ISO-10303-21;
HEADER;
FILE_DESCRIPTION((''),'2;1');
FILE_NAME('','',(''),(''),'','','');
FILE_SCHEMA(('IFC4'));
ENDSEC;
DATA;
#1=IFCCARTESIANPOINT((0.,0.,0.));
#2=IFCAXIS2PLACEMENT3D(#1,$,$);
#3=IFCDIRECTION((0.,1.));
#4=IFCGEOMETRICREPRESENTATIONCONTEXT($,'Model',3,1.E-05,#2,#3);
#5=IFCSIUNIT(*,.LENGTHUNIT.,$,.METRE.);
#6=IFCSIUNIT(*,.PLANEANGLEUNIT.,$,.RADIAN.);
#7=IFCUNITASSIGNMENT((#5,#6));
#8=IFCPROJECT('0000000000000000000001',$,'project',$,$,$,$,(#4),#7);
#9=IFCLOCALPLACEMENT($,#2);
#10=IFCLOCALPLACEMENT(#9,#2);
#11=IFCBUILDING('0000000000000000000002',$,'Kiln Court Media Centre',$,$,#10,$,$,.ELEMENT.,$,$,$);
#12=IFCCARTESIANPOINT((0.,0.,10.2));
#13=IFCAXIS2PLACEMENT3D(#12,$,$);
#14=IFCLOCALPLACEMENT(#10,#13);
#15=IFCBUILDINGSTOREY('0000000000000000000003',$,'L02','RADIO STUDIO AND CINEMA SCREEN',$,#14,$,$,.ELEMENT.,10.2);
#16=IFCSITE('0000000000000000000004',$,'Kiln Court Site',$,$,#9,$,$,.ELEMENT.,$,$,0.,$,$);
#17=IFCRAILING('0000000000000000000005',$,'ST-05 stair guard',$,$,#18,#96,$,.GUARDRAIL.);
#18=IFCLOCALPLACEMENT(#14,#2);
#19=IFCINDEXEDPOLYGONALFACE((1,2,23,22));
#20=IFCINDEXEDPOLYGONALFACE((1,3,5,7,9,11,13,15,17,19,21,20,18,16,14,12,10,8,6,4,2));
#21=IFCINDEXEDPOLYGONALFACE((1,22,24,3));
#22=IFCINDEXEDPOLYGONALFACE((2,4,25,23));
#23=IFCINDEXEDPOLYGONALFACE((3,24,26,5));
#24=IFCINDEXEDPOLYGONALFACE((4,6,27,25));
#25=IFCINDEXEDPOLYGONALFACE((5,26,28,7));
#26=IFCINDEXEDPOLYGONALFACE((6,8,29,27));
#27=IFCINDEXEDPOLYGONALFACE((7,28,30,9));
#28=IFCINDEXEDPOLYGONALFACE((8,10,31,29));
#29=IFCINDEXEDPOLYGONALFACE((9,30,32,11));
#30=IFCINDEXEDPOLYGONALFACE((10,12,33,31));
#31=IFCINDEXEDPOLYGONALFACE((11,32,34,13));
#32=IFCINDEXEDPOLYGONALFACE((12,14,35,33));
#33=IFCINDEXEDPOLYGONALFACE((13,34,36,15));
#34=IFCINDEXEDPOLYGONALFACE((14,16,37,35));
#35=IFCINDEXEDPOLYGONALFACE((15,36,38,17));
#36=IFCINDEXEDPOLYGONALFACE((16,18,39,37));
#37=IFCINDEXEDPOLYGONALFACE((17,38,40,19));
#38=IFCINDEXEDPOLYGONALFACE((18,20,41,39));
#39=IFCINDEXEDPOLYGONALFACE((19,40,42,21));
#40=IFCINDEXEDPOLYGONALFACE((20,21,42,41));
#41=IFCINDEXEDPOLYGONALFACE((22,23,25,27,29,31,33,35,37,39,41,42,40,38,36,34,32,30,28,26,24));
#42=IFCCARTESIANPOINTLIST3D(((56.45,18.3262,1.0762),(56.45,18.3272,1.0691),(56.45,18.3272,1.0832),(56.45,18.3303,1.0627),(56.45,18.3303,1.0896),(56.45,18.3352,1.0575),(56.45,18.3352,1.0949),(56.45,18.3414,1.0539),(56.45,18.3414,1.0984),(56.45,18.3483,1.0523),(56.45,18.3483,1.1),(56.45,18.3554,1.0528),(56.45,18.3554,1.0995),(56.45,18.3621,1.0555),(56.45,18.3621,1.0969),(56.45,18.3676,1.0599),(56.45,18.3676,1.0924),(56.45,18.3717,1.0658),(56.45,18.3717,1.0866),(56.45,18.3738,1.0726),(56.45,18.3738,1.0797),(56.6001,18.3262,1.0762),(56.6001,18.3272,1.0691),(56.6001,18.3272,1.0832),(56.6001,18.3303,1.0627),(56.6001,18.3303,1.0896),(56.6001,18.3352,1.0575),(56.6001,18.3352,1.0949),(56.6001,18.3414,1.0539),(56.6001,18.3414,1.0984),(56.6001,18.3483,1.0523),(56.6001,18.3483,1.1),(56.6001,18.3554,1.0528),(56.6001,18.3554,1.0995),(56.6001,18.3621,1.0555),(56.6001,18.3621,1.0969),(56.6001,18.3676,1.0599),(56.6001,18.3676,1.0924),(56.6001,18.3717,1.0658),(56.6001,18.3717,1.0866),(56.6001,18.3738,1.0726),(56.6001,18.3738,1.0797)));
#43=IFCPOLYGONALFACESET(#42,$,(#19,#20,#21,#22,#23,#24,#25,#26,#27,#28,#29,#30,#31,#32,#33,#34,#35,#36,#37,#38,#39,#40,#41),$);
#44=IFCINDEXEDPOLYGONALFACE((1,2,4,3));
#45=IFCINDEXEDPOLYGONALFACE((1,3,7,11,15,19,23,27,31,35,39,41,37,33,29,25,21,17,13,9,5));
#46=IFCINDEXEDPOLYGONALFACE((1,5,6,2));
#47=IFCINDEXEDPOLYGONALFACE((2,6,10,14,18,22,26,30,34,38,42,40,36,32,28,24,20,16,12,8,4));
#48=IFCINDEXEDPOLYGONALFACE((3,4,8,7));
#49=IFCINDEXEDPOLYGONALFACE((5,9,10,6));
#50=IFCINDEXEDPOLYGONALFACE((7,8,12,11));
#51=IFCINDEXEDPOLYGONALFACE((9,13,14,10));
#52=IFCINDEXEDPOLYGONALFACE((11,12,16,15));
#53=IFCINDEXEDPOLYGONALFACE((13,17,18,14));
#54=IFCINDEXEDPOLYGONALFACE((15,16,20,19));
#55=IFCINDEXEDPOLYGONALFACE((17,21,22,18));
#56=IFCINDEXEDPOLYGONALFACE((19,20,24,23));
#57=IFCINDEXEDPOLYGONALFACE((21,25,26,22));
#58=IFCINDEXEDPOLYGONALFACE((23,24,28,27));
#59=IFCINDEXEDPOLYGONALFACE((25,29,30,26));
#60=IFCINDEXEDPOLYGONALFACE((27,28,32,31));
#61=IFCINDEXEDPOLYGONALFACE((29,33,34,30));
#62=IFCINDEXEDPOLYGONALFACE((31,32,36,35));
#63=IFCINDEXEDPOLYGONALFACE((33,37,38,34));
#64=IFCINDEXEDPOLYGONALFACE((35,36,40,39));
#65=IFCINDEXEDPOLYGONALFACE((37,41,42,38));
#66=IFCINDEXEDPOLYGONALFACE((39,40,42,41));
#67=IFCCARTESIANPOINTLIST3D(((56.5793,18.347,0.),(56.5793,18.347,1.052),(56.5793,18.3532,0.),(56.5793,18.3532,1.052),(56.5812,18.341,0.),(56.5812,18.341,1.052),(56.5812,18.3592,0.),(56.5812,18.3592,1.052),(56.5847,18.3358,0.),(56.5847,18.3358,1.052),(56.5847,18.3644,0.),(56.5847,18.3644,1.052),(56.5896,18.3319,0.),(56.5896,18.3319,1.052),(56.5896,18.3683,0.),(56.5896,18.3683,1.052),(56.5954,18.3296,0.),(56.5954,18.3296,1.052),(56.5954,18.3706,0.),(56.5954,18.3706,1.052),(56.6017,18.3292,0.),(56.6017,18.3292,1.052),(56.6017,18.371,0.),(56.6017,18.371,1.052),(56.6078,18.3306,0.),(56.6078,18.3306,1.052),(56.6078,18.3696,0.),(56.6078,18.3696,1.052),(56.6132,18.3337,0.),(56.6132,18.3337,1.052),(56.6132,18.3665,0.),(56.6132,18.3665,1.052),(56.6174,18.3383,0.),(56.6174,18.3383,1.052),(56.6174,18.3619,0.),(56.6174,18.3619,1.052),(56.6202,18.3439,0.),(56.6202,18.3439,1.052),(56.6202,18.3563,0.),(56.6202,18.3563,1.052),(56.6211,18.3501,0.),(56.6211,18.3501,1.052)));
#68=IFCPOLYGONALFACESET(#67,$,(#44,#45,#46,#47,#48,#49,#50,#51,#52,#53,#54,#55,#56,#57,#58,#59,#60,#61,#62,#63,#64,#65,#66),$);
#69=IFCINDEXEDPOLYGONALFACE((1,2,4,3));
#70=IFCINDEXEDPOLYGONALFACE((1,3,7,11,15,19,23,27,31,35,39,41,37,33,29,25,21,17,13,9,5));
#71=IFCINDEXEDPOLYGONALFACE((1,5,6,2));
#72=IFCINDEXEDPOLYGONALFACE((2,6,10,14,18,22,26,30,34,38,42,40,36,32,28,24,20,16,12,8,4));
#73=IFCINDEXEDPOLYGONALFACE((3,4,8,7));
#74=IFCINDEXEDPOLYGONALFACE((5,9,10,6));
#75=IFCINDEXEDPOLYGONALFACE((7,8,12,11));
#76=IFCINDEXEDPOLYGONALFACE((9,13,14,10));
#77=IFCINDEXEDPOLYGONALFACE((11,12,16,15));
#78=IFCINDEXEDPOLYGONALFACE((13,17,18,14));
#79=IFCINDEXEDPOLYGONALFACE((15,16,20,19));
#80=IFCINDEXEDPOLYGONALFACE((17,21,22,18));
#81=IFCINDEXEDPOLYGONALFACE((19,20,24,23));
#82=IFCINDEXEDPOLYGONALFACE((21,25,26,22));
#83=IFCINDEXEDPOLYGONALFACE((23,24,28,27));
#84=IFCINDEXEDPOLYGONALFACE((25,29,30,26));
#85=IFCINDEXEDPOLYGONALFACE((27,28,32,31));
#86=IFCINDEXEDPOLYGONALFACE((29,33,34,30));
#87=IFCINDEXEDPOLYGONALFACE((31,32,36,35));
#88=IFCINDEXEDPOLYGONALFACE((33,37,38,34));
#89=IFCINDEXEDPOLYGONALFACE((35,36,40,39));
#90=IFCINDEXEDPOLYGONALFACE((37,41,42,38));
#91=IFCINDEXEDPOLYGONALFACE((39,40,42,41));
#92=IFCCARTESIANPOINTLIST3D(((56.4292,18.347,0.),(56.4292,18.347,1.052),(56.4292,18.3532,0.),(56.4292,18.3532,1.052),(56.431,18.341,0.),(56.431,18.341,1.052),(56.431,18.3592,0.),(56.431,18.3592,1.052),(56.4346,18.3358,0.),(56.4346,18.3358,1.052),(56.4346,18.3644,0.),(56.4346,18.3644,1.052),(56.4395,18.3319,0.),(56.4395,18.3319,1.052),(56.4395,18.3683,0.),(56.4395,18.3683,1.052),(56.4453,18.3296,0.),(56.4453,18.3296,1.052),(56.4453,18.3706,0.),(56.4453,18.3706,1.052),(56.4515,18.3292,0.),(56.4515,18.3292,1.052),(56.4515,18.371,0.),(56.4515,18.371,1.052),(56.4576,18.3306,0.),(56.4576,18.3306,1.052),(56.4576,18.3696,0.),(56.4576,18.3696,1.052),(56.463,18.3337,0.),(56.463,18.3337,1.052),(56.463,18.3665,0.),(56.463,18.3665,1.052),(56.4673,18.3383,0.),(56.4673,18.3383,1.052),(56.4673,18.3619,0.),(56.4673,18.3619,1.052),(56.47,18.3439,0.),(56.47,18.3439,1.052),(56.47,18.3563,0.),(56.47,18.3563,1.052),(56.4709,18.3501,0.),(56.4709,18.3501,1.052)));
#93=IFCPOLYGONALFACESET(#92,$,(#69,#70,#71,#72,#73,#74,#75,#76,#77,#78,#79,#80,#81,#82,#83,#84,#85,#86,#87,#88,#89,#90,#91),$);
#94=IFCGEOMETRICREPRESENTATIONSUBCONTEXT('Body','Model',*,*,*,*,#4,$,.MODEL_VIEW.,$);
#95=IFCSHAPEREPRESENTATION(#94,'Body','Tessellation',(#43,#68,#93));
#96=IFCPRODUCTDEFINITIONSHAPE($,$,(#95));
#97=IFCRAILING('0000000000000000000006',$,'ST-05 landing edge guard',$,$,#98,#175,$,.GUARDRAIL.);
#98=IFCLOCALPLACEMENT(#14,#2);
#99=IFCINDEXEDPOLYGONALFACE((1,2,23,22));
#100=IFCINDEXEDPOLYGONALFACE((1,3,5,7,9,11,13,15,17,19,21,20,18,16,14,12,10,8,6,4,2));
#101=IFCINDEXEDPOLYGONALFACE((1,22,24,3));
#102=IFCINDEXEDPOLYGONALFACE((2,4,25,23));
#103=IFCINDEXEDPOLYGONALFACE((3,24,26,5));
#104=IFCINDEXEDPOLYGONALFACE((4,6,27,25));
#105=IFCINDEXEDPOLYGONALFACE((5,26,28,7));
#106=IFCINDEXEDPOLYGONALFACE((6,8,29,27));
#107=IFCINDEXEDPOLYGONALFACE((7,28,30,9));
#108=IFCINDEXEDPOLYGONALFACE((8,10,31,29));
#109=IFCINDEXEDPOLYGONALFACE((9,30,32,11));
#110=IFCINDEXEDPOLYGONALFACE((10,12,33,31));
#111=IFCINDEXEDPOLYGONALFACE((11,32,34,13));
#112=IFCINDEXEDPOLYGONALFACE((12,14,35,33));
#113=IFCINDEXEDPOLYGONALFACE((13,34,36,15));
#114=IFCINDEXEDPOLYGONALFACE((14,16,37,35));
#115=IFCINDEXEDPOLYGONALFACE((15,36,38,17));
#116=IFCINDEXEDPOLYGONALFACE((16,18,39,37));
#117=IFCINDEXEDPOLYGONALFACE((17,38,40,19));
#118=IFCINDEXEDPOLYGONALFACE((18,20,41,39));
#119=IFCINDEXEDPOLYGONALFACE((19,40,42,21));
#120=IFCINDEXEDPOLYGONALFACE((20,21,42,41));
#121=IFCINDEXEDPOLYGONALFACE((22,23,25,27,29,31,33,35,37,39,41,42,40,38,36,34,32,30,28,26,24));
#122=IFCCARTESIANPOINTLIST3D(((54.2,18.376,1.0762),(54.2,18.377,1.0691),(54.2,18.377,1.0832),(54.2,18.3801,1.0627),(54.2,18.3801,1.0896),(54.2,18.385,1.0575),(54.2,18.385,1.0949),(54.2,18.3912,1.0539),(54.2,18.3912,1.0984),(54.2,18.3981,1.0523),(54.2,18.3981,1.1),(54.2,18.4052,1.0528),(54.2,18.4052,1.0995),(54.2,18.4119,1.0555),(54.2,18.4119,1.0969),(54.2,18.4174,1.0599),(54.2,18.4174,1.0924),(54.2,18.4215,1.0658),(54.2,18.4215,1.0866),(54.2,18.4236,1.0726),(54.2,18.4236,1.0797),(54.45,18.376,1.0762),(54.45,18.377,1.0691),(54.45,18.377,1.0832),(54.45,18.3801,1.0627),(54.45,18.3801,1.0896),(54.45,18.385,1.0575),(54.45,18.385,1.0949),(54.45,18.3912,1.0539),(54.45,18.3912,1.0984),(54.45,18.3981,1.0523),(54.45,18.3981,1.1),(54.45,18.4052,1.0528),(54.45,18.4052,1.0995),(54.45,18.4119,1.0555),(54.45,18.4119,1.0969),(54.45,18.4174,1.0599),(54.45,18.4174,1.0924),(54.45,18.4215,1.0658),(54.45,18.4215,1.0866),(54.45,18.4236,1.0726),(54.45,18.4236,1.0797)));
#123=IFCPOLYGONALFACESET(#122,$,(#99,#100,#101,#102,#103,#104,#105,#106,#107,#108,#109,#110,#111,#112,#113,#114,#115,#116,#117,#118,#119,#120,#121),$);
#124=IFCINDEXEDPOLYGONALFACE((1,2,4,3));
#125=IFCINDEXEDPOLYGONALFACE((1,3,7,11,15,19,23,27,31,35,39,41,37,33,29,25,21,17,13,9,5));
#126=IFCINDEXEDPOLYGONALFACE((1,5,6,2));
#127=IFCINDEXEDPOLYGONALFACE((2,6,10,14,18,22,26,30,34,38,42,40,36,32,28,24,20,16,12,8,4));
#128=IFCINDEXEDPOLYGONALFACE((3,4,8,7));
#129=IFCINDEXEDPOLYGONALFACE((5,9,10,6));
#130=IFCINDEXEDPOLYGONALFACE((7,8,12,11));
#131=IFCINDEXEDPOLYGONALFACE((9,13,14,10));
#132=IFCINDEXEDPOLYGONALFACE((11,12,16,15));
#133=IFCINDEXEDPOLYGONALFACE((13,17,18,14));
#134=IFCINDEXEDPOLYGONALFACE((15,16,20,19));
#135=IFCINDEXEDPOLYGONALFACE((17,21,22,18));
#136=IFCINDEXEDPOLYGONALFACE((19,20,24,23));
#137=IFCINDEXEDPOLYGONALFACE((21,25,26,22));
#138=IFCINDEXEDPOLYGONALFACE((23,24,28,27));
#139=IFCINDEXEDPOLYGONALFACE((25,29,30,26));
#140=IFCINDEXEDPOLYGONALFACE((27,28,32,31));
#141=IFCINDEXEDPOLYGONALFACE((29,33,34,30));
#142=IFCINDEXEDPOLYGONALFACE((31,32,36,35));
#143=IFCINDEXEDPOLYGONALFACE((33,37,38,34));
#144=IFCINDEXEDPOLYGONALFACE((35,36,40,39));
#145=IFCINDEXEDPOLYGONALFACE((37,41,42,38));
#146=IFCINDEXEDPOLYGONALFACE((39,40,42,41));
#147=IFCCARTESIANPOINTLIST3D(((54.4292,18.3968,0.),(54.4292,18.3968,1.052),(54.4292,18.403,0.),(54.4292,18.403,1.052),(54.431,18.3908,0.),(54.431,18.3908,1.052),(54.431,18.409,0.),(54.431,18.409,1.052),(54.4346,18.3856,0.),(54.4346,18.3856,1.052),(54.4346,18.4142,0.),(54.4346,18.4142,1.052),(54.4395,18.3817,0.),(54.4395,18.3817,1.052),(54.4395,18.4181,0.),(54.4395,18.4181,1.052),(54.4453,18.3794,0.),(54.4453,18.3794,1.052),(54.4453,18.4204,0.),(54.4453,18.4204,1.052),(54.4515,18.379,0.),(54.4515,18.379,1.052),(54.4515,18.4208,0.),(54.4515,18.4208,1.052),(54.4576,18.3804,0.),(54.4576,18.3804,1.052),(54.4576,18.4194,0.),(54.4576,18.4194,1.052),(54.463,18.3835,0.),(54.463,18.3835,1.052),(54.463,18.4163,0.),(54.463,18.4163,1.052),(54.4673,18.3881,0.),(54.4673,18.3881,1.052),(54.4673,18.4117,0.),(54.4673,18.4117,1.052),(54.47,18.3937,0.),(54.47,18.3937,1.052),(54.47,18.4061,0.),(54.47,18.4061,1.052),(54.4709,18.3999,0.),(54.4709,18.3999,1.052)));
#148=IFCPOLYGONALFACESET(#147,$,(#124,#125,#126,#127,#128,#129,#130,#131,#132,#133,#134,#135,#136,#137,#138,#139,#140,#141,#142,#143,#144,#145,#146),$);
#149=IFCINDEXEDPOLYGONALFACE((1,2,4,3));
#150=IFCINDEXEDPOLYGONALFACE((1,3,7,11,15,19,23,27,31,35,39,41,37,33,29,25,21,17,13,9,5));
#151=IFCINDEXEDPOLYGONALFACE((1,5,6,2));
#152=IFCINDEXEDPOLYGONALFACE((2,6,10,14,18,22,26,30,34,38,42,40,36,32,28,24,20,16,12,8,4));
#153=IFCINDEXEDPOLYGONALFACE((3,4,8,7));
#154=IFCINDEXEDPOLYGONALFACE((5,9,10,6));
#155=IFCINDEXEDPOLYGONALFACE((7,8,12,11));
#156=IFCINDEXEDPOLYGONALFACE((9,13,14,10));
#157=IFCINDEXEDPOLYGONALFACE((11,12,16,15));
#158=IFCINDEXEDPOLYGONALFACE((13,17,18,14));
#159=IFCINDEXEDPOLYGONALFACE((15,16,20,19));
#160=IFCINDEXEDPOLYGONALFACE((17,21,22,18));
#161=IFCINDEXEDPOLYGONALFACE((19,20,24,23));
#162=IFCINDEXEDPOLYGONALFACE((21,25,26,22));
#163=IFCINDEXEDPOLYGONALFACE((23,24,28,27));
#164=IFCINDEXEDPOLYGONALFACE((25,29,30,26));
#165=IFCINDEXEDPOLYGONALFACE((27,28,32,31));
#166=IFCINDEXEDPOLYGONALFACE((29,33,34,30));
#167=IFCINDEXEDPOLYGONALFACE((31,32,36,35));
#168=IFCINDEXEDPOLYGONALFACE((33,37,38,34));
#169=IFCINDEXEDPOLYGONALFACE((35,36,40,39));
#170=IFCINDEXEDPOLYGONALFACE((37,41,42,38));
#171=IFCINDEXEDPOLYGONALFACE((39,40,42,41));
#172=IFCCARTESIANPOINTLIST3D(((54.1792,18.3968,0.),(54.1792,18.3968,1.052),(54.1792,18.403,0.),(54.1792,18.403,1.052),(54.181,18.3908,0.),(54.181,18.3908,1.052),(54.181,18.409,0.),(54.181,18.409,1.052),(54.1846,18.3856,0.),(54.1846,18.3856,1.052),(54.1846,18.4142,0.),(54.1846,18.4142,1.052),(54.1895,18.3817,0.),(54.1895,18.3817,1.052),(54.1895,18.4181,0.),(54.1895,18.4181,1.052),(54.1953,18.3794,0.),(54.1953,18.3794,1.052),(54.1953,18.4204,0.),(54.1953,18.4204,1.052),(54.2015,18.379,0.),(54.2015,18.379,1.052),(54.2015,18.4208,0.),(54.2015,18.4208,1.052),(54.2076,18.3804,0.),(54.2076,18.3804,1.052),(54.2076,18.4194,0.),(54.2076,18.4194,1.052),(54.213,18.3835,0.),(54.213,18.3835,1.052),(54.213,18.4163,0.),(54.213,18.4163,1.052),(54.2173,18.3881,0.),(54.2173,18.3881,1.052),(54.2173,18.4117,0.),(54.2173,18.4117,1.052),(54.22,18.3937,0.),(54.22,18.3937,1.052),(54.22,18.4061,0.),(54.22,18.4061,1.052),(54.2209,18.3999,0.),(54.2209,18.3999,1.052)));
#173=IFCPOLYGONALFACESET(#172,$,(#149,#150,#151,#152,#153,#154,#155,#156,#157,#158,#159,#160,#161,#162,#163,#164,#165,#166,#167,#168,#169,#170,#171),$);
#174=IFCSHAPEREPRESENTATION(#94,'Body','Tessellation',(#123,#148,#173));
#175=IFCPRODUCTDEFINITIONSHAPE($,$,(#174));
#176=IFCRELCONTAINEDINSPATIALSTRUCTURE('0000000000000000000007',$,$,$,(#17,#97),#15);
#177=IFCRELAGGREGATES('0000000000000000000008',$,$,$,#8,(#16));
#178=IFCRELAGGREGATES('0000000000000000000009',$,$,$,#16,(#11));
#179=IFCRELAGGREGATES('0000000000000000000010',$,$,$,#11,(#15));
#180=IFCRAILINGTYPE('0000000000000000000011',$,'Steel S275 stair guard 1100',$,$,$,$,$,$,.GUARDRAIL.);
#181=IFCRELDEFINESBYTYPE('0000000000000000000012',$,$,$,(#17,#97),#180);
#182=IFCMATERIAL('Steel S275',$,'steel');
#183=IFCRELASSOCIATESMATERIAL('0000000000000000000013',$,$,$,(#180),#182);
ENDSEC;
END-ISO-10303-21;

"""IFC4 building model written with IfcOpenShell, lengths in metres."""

from ifc_helpers import new_model, si_unit, direction, frame, origin, origin_2d, place, context, subcontext, project, spatial, circle, extrude, material, type_object, element, save


model = new_model("IFC4")

# Units and contexts
model_context = context("Model", 3, precision=1e-05, world=origin(), true_north=direction((0.0, 1.0)))
body_context = subcontext(model_context, "Body", "Model", "MODEL_VIEW")
ifc_project = project(units=[si_unit("LENGTHUNIT", "METRE"), si_unit("PLANEANGLEUNIT", "RADIAN")], contexts=[model_context])

# Site, building, storey
site_placement = place(None, origin())
site = spatial("IfcSite", under=ifc_project, at=site_placement, Name="Kiln Court Site", CompositionType="ELEMENT", RefElevation=0.0)
building_placement = place(site_placement, origin())
building = spatial("IfcBuilding", under=site, at=building_placement, Name="Kiln Court Media Centre", CompositionType="ELEMENT")
storey_placement = place(building_placement, frame((0.0, 0.0, 10.2)))
storey = spatial("IfcBuildingStorey", under=building, at=storey_placement, Name="L02", Description="RADIO STUDIO AND CINEMA SCREEN", CompositionType="ELEMENT", Elevation=10.2)

# Railings
ifc_material_1 = material(Name="Steel S275", Category="steel")
railing_type = type_object("IfcRailingType", Name="Steel S275 stair guard 1100", PredefinedType="GUARDRAIL", material=ifc_material_1)
railing_1_placement = place(storey_placement, frame((56.6001, 18.3501, 0.0)))
element("IfcRailing", 1, at=railing_1_placement, inside=storey, type_object=railing_type, Name="ST-05 stair guard", PredefinedType="GUARDRAIL", context=body_context, shape_type="SweptSolid", body=[
    extrude(circle(Radius=0.0239, at=origin_2d()), frame((0.0, 0.0, 1.0762), z_axis=(-1.0, 0.0, 0.0), x_axis=(0.0, -1.0, 0.0)), (0.0, 0.0, 1.0), 0.1501),
    extrude(circle(Radius=0.021, at=origin_2d()), origin(), (0.0, 0.0, 1.0), 1.052),
    extrude(circle(Radius=0.021, at=origin_2d()), frame((-0.1501, 0.0, 0.0)), (0.0, 0.0, 1.0), 1.052),
])
railing_2_placement = place(storey_placement, frame((54.45, 18.3999, 0.0)))
element("IfcRailing", 2, at=railing_2_placement, inside=storey, type_object=railing_type, Name="ST-05 landing edge guard", PredefinedType="GUARDRAIL", context=body_context, shape_type="SweptSolid", body=[
    extrude(circle(Radius=0.0239, at=origin_2d()), frame((0.0, 0.0, 1.0762), z_axis=(-1.0, 0.0, 0.0), x_axis=(0.0, -1.0, 0.0)), (0.0, 0.0, 1.0), 0.25),
    extrude(circle(Radius=0.021, at=origin_2d()), origin(), (0.0, 0.0, 1.0), 1.052),
    extrude(circle(Radius=0.021, at=origin_2d()), frame((-0.25, 0.0, 0.0)), (0.0, 0.0, 1.0), 1.052),
])

save(model, "model.ifc")
